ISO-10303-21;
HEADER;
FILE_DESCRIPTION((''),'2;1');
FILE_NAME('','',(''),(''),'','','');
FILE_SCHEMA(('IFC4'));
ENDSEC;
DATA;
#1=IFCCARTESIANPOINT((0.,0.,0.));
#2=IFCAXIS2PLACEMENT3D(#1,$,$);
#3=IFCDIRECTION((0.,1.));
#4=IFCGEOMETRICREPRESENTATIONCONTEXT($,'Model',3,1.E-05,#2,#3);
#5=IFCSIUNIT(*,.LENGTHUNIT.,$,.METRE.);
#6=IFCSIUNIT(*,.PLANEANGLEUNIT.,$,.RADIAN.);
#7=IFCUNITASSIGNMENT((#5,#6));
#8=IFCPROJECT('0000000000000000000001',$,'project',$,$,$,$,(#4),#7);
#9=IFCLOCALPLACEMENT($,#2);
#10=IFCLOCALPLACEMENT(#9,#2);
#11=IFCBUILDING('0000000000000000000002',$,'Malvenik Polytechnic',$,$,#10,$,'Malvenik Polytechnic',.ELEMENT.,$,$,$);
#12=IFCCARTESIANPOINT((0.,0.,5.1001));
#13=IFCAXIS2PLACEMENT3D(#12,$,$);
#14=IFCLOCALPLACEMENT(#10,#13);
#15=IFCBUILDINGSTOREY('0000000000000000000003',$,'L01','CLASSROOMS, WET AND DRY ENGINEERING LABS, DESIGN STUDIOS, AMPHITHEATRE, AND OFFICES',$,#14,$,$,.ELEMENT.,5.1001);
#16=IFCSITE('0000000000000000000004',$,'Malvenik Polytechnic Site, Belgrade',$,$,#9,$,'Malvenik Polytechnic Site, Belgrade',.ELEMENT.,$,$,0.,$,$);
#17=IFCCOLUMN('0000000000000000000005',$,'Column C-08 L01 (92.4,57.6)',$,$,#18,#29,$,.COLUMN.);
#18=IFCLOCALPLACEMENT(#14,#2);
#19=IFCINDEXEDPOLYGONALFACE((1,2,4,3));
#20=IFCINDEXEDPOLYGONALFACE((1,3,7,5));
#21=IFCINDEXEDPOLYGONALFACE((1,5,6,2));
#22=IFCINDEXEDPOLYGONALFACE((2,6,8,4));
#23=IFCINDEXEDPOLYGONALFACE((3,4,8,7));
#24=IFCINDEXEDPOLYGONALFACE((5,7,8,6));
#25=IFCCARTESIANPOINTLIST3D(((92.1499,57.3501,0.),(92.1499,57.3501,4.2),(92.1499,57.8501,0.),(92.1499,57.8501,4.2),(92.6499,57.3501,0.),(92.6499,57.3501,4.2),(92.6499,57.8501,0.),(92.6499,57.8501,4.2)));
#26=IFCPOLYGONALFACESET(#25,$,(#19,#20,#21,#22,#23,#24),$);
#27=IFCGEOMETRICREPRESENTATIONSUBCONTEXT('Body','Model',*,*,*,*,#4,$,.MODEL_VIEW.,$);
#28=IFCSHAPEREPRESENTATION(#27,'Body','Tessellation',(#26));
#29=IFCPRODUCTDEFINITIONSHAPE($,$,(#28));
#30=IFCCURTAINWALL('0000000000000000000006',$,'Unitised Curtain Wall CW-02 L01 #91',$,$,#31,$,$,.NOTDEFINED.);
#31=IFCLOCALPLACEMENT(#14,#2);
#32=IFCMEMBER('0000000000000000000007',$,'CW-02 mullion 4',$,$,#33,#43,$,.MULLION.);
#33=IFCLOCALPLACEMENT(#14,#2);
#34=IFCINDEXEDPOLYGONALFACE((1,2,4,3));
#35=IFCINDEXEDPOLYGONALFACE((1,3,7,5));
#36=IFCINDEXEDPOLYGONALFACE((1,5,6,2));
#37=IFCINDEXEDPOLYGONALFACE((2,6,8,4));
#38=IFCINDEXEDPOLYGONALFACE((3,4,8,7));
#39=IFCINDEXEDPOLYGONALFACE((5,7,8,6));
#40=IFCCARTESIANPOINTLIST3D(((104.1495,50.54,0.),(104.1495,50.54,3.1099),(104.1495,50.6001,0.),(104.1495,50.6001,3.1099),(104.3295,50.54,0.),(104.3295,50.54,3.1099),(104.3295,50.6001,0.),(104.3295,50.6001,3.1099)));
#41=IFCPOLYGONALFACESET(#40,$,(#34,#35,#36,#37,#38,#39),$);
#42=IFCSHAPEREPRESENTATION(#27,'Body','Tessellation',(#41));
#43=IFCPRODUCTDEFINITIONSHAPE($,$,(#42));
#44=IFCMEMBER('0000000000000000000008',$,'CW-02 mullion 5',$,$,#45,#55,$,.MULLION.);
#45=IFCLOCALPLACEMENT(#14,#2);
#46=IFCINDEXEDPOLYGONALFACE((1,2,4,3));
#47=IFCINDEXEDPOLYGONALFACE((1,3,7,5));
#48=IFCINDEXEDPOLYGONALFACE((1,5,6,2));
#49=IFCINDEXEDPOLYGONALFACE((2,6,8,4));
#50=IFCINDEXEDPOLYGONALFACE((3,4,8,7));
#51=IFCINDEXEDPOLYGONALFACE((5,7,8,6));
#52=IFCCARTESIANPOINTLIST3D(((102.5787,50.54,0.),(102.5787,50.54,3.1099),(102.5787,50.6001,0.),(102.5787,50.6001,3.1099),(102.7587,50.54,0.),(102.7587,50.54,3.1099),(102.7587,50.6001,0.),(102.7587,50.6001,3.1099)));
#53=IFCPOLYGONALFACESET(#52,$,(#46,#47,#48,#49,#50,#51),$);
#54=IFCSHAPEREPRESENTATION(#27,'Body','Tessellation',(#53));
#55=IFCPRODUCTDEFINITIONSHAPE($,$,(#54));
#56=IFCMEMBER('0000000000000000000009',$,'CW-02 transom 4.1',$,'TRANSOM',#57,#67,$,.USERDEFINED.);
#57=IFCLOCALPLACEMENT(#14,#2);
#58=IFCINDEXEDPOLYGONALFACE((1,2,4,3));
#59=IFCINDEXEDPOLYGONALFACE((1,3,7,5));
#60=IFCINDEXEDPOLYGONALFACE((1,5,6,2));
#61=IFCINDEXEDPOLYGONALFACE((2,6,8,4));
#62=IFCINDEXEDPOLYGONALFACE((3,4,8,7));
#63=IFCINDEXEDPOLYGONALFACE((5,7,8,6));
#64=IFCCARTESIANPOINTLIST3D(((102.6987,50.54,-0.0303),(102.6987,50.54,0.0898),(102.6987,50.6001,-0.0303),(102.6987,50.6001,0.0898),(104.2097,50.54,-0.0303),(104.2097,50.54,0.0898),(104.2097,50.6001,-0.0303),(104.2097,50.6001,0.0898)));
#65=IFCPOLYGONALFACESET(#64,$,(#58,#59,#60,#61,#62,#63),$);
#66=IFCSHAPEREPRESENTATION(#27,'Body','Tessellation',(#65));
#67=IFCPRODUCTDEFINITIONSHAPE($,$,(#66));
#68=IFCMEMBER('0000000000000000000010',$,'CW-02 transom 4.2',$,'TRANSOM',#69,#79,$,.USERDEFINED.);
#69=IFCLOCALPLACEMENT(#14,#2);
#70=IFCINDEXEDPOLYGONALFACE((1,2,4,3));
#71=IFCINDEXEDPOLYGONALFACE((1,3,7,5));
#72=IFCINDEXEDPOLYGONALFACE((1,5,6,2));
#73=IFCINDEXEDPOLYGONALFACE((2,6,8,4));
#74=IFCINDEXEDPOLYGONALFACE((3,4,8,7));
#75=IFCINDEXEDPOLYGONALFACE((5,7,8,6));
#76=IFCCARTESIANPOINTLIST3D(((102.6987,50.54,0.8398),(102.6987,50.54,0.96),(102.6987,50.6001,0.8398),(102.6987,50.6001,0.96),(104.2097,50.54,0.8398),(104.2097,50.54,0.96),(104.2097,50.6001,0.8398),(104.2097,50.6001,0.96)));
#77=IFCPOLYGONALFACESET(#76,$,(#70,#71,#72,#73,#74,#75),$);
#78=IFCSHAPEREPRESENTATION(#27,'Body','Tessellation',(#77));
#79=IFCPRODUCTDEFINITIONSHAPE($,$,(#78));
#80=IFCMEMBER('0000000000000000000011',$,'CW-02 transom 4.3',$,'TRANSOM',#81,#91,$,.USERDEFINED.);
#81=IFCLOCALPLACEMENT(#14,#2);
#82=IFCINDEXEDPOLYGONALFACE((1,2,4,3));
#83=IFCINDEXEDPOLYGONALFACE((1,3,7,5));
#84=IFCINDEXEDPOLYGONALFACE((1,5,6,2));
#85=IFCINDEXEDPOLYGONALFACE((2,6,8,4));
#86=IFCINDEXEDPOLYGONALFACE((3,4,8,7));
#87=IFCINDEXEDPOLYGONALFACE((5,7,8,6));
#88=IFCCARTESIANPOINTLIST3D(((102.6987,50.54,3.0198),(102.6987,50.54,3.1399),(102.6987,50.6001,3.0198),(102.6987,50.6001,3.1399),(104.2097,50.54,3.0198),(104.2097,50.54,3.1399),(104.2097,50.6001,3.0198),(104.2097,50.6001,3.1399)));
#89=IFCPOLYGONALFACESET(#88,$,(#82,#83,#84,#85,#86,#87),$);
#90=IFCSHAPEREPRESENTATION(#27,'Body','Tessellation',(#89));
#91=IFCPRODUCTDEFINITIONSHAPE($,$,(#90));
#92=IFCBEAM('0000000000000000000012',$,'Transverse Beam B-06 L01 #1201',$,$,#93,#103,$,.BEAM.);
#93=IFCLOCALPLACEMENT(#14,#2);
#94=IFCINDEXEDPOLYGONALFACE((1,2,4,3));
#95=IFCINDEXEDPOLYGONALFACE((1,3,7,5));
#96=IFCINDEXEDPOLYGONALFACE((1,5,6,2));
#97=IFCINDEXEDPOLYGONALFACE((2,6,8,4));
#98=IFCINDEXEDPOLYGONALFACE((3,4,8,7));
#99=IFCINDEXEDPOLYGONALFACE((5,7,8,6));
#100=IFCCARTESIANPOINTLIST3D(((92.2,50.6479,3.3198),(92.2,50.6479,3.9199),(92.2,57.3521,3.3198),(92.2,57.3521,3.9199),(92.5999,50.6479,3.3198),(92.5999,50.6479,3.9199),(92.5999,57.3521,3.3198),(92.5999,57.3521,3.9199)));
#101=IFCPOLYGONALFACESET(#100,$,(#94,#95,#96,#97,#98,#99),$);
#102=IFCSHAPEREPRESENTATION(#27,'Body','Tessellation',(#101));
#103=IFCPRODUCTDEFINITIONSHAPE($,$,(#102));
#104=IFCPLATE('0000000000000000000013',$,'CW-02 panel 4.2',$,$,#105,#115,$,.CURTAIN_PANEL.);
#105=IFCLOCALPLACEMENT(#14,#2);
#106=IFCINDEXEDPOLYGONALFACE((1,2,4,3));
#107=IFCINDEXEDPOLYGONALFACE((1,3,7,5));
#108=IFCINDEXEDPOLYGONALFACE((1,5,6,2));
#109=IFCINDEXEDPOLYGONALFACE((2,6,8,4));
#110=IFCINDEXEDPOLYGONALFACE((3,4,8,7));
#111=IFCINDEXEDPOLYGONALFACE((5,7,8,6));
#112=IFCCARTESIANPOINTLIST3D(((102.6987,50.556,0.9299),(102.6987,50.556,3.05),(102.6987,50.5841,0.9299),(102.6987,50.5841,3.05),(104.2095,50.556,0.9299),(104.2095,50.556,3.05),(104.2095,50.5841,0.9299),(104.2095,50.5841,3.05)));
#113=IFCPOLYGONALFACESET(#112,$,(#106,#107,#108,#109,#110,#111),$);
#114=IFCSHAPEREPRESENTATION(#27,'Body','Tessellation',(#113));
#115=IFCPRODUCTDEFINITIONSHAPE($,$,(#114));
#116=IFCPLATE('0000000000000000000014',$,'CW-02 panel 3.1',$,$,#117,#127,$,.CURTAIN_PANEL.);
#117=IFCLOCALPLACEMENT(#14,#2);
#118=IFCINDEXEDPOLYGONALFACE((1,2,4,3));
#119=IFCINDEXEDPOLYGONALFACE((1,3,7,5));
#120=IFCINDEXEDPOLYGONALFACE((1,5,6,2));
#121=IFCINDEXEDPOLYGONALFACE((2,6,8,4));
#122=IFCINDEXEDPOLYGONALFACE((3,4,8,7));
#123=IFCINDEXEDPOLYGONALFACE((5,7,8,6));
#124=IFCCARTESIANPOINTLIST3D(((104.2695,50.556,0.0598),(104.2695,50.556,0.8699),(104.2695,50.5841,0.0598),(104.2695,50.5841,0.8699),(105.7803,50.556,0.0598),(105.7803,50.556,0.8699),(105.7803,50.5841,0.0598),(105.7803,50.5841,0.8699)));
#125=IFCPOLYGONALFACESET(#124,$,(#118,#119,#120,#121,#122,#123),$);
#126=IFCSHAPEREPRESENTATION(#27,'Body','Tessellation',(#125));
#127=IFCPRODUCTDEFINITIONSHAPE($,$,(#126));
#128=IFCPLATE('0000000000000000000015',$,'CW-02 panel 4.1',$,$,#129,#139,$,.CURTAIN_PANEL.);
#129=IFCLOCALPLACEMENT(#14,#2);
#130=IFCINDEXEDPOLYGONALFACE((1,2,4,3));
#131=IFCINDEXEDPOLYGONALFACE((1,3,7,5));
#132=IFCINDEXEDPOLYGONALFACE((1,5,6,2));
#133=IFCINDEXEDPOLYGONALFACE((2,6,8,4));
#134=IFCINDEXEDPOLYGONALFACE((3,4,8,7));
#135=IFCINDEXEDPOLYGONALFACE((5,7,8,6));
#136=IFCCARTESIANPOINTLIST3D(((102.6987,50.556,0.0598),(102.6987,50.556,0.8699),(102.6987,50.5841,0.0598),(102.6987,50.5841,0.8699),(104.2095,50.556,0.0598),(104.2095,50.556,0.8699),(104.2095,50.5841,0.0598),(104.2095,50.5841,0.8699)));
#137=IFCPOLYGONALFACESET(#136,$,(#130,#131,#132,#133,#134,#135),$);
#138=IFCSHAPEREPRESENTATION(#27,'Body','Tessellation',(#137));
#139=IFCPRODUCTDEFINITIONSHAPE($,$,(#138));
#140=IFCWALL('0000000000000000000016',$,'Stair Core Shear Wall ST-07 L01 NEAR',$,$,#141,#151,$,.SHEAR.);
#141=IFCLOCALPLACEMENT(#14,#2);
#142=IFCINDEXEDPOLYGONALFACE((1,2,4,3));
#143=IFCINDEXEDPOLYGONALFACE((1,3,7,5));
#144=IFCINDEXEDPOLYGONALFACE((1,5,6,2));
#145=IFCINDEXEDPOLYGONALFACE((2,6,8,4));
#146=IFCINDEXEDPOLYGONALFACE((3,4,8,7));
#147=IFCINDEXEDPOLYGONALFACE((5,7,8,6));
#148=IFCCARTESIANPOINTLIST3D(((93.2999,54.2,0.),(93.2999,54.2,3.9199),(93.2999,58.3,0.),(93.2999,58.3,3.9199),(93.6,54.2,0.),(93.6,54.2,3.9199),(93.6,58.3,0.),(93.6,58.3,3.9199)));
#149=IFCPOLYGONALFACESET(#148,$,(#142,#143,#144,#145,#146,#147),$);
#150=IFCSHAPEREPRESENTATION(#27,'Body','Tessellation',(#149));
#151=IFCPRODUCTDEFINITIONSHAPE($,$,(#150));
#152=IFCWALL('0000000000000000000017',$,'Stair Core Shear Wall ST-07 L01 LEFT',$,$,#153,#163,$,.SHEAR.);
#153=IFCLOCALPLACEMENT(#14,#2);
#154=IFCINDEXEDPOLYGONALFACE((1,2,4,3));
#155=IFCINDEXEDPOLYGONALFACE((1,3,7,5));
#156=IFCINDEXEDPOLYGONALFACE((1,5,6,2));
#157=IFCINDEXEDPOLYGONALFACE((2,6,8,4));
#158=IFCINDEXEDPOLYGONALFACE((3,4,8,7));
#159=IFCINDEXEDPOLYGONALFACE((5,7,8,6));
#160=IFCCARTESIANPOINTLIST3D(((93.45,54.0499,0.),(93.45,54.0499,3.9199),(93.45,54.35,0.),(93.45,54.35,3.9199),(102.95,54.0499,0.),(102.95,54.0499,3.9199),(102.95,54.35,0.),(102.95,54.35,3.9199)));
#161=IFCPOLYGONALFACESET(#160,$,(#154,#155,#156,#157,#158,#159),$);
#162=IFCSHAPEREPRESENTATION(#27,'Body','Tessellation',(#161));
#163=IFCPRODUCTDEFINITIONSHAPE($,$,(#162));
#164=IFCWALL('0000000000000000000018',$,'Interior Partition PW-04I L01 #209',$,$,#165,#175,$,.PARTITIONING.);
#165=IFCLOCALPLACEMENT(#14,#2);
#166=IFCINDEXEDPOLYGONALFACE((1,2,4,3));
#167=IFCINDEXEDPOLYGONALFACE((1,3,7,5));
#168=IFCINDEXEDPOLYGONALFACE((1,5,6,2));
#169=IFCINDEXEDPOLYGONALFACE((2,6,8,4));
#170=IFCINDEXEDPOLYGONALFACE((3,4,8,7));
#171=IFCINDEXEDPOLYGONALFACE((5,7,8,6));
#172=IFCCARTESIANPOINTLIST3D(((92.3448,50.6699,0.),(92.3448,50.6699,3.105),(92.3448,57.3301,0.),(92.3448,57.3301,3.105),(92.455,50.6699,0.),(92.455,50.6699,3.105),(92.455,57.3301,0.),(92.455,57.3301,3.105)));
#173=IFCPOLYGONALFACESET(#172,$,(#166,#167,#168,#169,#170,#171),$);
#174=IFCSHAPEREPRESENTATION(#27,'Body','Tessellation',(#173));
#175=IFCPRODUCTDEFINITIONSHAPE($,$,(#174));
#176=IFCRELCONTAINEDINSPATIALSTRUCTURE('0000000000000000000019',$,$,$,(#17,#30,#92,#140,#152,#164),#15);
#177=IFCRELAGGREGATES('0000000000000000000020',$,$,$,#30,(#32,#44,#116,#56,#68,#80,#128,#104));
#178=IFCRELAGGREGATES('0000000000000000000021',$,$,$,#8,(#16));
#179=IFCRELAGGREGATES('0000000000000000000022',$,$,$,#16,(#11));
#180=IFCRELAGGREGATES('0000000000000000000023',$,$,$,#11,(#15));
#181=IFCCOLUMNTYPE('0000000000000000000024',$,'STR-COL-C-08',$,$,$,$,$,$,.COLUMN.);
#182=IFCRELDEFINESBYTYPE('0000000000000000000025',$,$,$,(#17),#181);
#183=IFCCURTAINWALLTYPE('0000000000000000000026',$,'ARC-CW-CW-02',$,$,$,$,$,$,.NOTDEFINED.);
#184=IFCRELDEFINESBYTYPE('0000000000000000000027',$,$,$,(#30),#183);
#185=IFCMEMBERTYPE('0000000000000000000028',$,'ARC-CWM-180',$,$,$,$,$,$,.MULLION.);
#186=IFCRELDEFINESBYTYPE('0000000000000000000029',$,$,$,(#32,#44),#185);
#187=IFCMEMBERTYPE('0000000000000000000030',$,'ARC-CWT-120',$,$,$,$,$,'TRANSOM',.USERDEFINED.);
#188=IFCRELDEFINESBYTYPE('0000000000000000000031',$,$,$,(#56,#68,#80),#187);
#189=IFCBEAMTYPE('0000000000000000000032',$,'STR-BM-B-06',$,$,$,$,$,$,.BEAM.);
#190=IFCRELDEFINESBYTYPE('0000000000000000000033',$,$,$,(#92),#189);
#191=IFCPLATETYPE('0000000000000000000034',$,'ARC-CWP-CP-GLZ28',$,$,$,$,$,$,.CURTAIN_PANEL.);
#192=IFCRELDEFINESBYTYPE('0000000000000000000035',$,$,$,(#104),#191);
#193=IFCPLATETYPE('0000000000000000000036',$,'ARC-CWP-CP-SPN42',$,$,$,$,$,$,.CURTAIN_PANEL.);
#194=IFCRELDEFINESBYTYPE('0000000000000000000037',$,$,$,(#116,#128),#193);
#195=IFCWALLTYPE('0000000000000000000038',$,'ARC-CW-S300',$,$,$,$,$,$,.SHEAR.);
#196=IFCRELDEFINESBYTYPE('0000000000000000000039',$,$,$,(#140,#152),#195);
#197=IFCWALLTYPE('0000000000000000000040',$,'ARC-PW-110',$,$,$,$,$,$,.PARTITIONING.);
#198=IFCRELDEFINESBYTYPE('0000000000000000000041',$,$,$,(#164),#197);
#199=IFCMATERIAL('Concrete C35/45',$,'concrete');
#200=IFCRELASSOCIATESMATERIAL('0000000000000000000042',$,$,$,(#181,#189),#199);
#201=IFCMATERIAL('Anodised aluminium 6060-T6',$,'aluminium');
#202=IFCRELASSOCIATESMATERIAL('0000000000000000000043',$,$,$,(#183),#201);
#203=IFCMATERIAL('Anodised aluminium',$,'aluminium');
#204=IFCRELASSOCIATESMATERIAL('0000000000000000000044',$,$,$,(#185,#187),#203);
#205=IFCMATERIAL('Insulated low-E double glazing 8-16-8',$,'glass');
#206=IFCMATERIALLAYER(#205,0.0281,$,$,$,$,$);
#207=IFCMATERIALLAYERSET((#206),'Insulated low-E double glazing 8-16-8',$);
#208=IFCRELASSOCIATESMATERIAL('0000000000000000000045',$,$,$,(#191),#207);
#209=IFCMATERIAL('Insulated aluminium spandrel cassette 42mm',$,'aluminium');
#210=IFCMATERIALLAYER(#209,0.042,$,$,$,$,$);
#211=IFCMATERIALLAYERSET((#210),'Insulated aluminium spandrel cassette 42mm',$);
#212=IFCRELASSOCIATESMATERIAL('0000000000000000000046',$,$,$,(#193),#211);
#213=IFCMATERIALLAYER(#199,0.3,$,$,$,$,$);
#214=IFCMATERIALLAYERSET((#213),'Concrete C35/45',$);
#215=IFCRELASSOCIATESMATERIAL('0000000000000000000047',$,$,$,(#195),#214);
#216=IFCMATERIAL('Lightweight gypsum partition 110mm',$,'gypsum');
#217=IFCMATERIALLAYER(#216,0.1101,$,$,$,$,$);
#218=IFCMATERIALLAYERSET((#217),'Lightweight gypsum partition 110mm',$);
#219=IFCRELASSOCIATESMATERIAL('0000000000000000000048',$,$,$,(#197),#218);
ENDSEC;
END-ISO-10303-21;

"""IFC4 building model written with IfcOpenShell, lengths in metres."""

from ifc_helpers import new_model, si_unit, direction, frame, frame_2d, origin, origin_2d, place, context, subcontext, project, spatial, rectangle, extrude, material, layer, layer_set, material_profile, profile_set, type_object, element, aggregate, save


model = new_model("IFC4")

# Units and contexts
model_context = context("Model", 3, precision=1e-05, world=origin(), true_north=direction((0.0, 1.0)))
body_context = subcontext(model_context, "Body", "Model", "MODEL_VIEW")
ifc_project = project(units=[si_unit("LENGTHUNIT", "METRE"), si_unit("PLANEANGLEUNIT", "RADIAN")], contexts=[model_context])

# Site, building, storey
site_placement = place(None, origin())
site = spatial("IfcSite", under=ifc_project, at=site_placement, Name="Malvenik Polytechnic Site, Belgrade", LongName="Malvenik Polytechnic Site, Belgrade", CompositionType="ELEMENT", RefElevation=0.0)
building_placement = place(site_placement, origin())
building = spatial("IfcBuilding", under=site, at=building_placement, Name="Malvenik Polytechnic", LongName="Malvenik Polytechnic", CompositionType="ELEMENT")
storey_placement = place(building_placement, frame((0.0, 0.0, 5.1001)))
storey = spatial("IfcBuildingStorey", under=building, at=storey_placement, Name="L01", Description="CLASSROOMS, WET AND DRY ENGINEERING LABS, DESIGN STUDIOS, AMPHITHEATRE, AND OFFICES", CompositionType="ELEMENT", Elevation=5.1001)

# Column
ifc_material_1 = material(Name="Concrete C35/45", Category="concrete")
ifc_material_profile_1 = material_profile(ifc_material_1, rectangle(XDim=0.5, YDim=0.5, at=origin_2d()), Name="RC COL 500x500")
ifc_profile_set_1 = profile_set([ifc_material_profile_1], Name="Concrete C35/45")
column_type = type_object("IfcColumnType", Name="STR-COL-C-08", PredefinedType="COLUMN", material=ifc_profile_set_1)
column_placement = place(storey_placement, frame((92.3999, 57.6001, 0.0), z_axis=(0.0, 0.0, 1.0), x_axis=(1.0, 0.0, 0.0)))
element("IfcColumn", 1, at=column_placement, inside=storey, type_object=column_type, Name="Column C-08 L01 (92.4,57.6)", PredefinedType="COLUMN", context=body_context, shape_type="SweptSolid", body=[
    extrude(rectangle(XDim=0.5, YDim=0.5, at=origin_2d()), origin(), (0.0, 0.0, 1.0), 4.2),
])

# Curtain wall, members
ifc_material_2 = material(Name="Anodised aluminium 6060-T6", Category="aluminium")
curtain_wall_type = type_object("IfcCurtainWallType", Name="ARC-CW-CW-02", PredefinedType="NOTDEFINED", material=ifc_material_2)
curtain_wall_placement = place(storey_placement, origin())
curtain_wall = element("IfcCurtainWall", 2, at=curtain_wall_placement, inside=storey, type_object=curtain_wall_type, Name="Unitised Curtain Wall CW-02 L01 #91", PredefinedType="NOTDEFINED")
ifc_material_3 = material(Name="Anodised aluminium", Category="aluminium")
ifc_material_profile_2 = material_profile(ifc_material_3, rectangle(XDim=0.0601, YDim=0.1799, at=origin_2d()), Name="ALU MULLION 60x180")
ifc_profile_set_2 = profile_set([ifc_material_profile_2], Name="Anodised aluminium")
member_type_1 = type_object("IfcMemberType", Name="ARC-CWM-180", PredefinedType="MULLION", material=ifc_profile_set_2)
member_1_placement = place(storey_placement, frame((104.2395, 50.5701, 0.0), z_axis=(0.0, 0.0, 1.0), x_axis=(0.0, -1.0, 0.0)))
member_1 = element("IfcMember", 3, at=member_1_placement, type_object=member_type_1, Name="CW-02 mullion 4", PredefinedType="MULLION", context=body_context, shape_type="SweptSolid", body=[
    extrude(rectangle(XDim=0.0601, YDim=0.1799, at=origin_2d()), origin(), (0.0, 0.0, 1.0), 3.1099),
])
member_2_placement = place(storey_placement, frame((102.6687, 50.5701, 0.0), z_axis=(0.0, 0.0, 1.0), x_axis=(0.0, -1.0, 0.0)))
member_2 = element("IfcMember", 4, at=member_2_placement, type_object=member_type_1, Name="CW-02 mullion 5", PredefinedType="MULLION", context=body_context, shape_type="SweptSolid", body=[
    extrude(rectangle(XDim=0.0601, YDim=0.1799, at=origin_2d()), origin(), (0.0, 0.0, 1.0), 3.1099),
])
ifc_material_profile_3 = material_profile(ifc_material_3, rectangle(XDim=0.0601, YDim=0.1201, at=origin_2d()), Name="ALU TRANSOM 60x120")
ifc_profile_set_3 = profile_set([ifc_material_profile_3], Name="Anodised aluminium")
member_type_2 = type_object("IfcMemberType", Name="ARC-CWT-120", ElementType="TRANSOM", PredefinedType="USERDEFINED", material=ifc_profile_set_3)
member_3_placement = place(storey_placement, frame((104.2097, 50.5701, 0.0298), z_axis=(-1.0, 0.0, 0.0), x_axis=(0.0, -1.0, 0.0)))
member_3 = element("IfcMember", 5, at=member_3_placement, type_object=member_type_2, Name="CW-02 transom 4.1", ObjectType="TRANSOM", PredefinedType="USERDEFINED", context=body_context, shape_type="SweptSolid", body=[
    extrude(rectangle(XDim=0.0601, YDim=0.1201, at=origin_2d()), origin(), (0.0, 0.0, 1.0), 1.511),
])
member_4_placement = place(storey_placement, frame((104.2097, 50.5701, 0.8999), z_axis=(-1.0, 0.0, 0.0), x_axis=(0.0, -1.0, 0.0)))
member_4 = element("IfcMember", 6, at=member_4_placement, type_object=member_type_2, Name="CW-02 transom 4.2", ObjectType="TRANSOM", PredefinedType="USERDEFINED", context=body_context, shape_type="SweptSolid", body=[
    extrude(rectangle(XDim=0.0601, YDim=0.1201, at=origin_2d()), origin(), (0.0, 0.0, 1.0), 1.511),
])
member_5_placement = place(storey_placement, frame((104.2097, 50.5701, 3.0798), z_axis=(-1.0, 0.0, 0.0), x_axis=(0.0, -1.0, 0.0)))
member_5 = element("IfcMember", 7, at=member_5_placement, type_object=member_type_2, Name="CW-02 transom 4.3", ObjectType="TRANSOM", PredefinedType="USERDEFINED", context=body_context, shape_type="SweptSolid", body=[
    extrude(rectangle(XDim=0.0601, YDim=0.1201, at=origin_2d()), origin(), (0.0, 0.0, 1.0), 1.511),
])

# Beam
ifc_material_profile_4 = material_profile(ifc_material_1, rectangle(XDim=0.3999, YDim=0.6001, at=origin_2d()), Name="RC BM 400x600")
ifc_profile_set_4 = profile_set([ifc_material_profile_4], Name="Concrete C35/45")
beam_type = type_object("IfcBeamType", Name="STR-BM-B-06", PredefinedType="BEAM", material=ifc_profile_set_4)
beam_placement = place(storey_placement, frame((92.3999, 50.6479, 3.6199), z_axis=(0.0, 1.0, 0.0), x_axis=(-1.0, 0.0, 0.0)))
element("IfcBeam", 8, at=beam_placement, inside=storey, type_object=beam_type, Name="Transverse Beam B-06 L01 #1201", PredefinedType="BEAM", context=body_context, shape_type="SweptSolid", body=[
    extrude(rectangle(XDim=0.3999, YDim=0.6001, at=origin_2d()), origin(), (0.0, 0.0, 1.0), 6.7041),
])

# Plates
ifc_material_4 = material(Name="Insulated low-E double glazing 8-16-8", Category="glass")
ifc_layer_1 = layer(ifc_material_4, 0.0281)
ifc_layer_set_1 = layer_set([ifc_layer_1], Name="Insulated low-E double glazing 8-16-8")
plate_type_1 = type_object("IfcPlateType", Name="ARC-CWP-CP-GLZ28", PredefinedType="CURTAIN_PANEL", material=ifc_layer_set_1)
plate_1_placement = place(storey_placement, frame((103.4541, 50.5701, 0.9299), z_axis=(0.0, 0.0, 1.0), x_axis=(-1.0, 0.0, 0.0)))
plate_1 = element("IfcPlate", 9, at=plate_1_placement, type_object=plate_type_1, Name="CW-02 panel 4.2", PredefinedType="CURTAIN_PANEL", context=body_context, shape_type="SweptSolid", body=[
    extrude(rectangle(XDim=1.5107, YDim=0.0281, at=origin_2d()), origin(), (0.0, 0.0, 1.0), 2.1201),
])
ifc_material_5 = material(Name="Insulated aluminium spandrel cassette 42mm", Category="aluminium")
ifc_layer_2 = layer(ifc_material_5, 0.042)
ifc_layer_set_2 = layer_set([ifc_layer_2], Name="Insulated aluminium spandrel cassette 42mm")
plate_type_2 = type_object("IfcPlateType", Name="ARC-CWP-CP-SPN42", PredefinedType="CURTAIN_PANEL", material=ifc_layer_set_2)
plate_2_placement = place(storey_placement, frame((105.0249, 50.5701, 0.0598), z_axis=(0.0, 0.0, 1.0), x_axis=(-1.0, 0.0, 0.0)))
plate_2 = element("IfcPlate", 10, at=plate_2_placement, type_object=plate_type_2, Name="CW-02 panel 3.1", PredefinedType="CURTAIN_PANEL", context=body_context, shape_type="SweptSolid", body=[
    extrude(rectangle(XDim=1.5107, YDim=0.0281, at=origin_2d()), origin(), (0.0, 0.0, 1.0), 0.8101),
])
plate_3_placement = place(storey_placement, frame((103.4541, 50.5701, 0.0598), z_axis=(0.0, 0.0, 1.0), x_axis=(-1.0, 0.0, 0.0)))
plate_3 = element("IfcPlate", 11, at=plate_3_placement, type_object=plate_type_2, Name="CW-02 panel 4.1", PredefinedType="CURTAIN_PANEL", context=body_context, shape_type="SweptSolid", body=[
    extrude(rectangle(XDim=1.5107, YDim=0.0281, at=origin_2d()), origin(), (0.0, 0.0, 1.0), 0.8101),
])
aggregate(curtain_wall, [member_1, member_2, plate_2, member_3, member_4, member_5, plate_3, plate_1])

# Walls
ifc_layer_3 = layer(ifc_material_1, 0.3)
ifc_layer_set_3 = layer_set([ifc_layer_3], Name="Concrete C35/45")
wall_type_1 = type_object("IfcWallType", Name="ARC-CW-S300", PredefinedType="SHEAR", material=ifc_layer_set_3)
wall_1_placement = place(storey_placement, frame((93.45, 54.2, 0.0), z_axis=(0.0, 0.0, 1.0), x_axis=(0.0, 1.0, 0.0)))
element("IfcWall", 12, at=wall_1_placement, inside=storey, type_object=wall_type_1, Name="Stair Core Shear Wall ST-07 L01 NEAR", PredefinedType="SHEAR", context=body_context, shape_type="SweptSolid", body=[
    extrude(rectangle(XDim=4.1001, YDim=0.3, at=frame_2d((2.05, 0.0))), origin(), (0.0, 0.0, 1.0), 3.9199),
])
wall_2_placement = place(storey_placement, frame((102.95, 54.2, 0.0), z_axis=(0.0, 0.0, 1.0), x_axis=(-1.0, 0.0, 0.0)))
element("IfcWall", 13, at=wall_2_placement, inside=storey, type_object=wall_type_1, Name="Stair Core Shear Wall ST-07 L01 LEFT", PredefinedType="SHEAR", context=body_context, shape_type="SweptSolid", body=[
    extrude(rectangle(XDim=9.5, YDim=0.3, at=frame_2d((4.75, 0.0))), origin(), (0.0, 0.0, 1.0), 3.9199),
])
ifc_material_6 = material(Name="Lightweight gypsum partition 110mm", Category="gypsum")
ifc_layer_4 = layer(ifc_material_6, 0.1101)
ifc_layer_set_4 = layer_set([ifc_layer_4], Name="Lightweight gypsum partition 110mm")
wall_type_2 = type_object("IfcWallType", Name="ARC-PW-110", PredefinedType="PARTITIONING", material=ifc_layer_set_4)
wall_3_placement = place(storey_placement, frame((92.3999, 50.6699, 0.0), z_axis=(0.0, 0.0, 1.0), x_axis=(0.0, 1.0, 0.0)))
element("IfcWall", 14, at=wall_3_placement, inside=storey, type_object=wall_type_2, Name="Interior Partition PW-04I L01 #209", PredefinedType="PARTITIONING", context=body_context, shape_type="SweptSolid", body=[
    extrude(rectangle(XDim=6.6602, YDim=0.1101, at=frame_2d((3.3301, 0.0))), origin(), (0.0, 0.0, 1.0), 3.105),
])

save(model, "model.ifc")
